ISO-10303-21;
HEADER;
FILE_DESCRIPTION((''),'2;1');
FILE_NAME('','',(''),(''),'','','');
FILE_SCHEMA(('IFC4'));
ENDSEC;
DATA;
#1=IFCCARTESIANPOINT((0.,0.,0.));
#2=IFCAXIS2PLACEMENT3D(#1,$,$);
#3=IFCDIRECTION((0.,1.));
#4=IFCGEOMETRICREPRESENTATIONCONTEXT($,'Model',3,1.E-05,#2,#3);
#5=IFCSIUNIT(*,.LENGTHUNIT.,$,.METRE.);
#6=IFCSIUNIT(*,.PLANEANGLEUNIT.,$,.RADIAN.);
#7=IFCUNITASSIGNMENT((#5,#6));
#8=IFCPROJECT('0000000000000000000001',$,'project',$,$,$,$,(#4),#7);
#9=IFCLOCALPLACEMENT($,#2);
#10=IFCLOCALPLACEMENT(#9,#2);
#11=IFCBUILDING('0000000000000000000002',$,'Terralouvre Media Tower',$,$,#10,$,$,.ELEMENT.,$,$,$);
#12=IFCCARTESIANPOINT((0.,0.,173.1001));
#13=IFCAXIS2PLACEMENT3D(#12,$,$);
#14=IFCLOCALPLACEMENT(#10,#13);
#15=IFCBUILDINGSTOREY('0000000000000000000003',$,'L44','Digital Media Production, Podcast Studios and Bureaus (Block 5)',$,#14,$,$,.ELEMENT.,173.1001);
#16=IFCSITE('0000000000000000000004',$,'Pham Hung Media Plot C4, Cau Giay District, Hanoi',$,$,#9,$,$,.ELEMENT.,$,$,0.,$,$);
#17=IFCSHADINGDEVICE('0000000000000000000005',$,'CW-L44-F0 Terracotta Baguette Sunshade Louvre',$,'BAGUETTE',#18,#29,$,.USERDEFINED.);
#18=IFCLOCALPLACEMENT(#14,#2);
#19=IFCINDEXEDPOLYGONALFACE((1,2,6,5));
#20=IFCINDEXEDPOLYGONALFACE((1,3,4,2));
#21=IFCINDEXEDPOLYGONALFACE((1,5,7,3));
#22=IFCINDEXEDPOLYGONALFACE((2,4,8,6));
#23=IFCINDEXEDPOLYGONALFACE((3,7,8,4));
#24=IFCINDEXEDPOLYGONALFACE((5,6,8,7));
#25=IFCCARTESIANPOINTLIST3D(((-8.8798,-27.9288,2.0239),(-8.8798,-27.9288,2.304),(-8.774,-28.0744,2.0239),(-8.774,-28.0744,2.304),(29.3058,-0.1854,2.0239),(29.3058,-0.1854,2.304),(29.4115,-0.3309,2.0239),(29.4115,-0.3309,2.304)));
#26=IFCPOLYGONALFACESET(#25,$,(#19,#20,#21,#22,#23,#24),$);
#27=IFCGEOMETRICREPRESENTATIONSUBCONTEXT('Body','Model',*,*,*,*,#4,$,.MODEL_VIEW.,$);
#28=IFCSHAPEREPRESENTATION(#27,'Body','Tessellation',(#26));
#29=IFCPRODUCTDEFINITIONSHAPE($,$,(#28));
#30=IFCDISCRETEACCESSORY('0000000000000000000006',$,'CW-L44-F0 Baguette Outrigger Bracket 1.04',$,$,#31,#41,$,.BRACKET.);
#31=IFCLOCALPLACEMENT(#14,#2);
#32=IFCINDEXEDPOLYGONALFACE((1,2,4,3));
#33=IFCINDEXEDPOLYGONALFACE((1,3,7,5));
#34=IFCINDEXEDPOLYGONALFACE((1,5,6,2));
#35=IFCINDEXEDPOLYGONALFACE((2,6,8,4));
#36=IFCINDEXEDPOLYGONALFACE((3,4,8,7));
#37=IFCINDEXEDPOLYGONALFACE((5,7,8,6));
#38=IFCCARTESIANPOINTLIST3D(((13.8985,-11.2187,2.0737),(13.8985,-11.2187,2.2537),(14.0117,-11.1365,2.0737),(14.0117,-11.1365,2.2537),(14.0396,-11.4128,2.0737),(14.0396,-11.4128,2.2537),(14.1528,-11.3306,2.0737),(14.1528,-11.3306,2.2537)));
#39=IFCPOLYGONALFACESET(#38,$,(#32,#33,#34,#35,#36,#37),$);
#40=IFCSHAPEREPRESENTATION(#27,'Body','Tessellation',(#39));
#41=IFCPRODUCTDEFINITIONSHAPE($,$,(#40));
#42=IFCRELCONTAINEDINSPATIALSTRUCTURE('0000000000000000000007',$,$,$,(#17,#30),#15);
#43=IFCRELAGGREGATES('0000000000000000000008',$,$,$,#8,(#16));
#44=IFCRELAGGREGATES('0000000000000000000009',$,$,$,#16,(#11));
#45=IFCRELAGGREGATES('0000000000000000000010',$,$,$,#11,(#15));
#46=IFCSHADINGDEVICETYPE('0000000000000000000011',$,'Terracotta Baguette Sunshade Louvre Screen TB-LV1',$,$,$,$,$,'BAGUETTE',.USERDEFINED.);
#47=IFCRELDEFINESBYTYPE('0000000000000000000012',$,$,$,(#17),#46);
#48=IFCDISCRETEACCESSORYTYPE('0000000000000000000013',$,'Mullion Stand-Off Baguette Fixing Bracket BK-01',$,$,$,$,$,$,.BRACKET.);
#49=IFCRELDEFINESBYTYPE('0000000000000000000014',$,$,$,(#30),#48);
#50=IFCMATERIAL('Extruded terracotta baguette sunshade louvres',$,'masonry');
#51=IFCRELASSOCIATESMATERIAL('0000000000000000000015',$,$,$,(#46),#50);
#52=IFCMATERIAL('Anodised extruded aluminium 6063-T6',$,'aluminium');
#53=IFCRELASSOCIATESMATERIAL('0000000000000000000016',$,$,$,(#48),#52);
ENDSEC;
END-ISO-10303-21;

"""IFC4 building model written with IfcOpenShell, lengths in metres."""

from ifc_helpers import new_model, si_unit, direction, frame, origin, origin_2d, place, context, subcontext, project, spatial, rectangle, extrude, material, type_object, element, save


model = new_model("IFC4")

# Units and contexts
model_context = context("Model", 3, precision=1e-05, world=origin(), true_north=direction((0.0, 1.0)))
body_context = subcontext(model_context, "Body", "Model", "MODEL_VIEW")
ifc_project = project(units=[si_unit("LENGTHUNIT", "METRE"), si_unit("PLANEANGLEUNIT", "RADIAN")], contexts=[model_context])

# Site, building, storey
site_placement = place(None, origin())
site = spatial("IfcSite", under=ifc_project, at=site_placement, Name="Pham Hung Media Plot C4, Cau Giay District, Hanoi", CompositionType="ELEMENT", RefElevation=0.0)
building_placement = place(site_placement, origin())
building = spatial("IfcBuilding", under=site, at=building_placement, Name="Terralouvre Media Tower", CompositionType="ELEMENT")
storey_placement = place(building_placement, frame((0.0, 0.0, 173.1001)))
storey = spatial("IfcBuildingStorey", under=building, at=storey_placement, Name="L44", Description="Digital Media Production, Podcast Studios and Bureaus (Block 5)", CompositionType="ELEMENT", Elevation=173.1001)

# Shading device
ifc_material_1 = material(Name="Extruded terracotta baguette sunshade louvres", Category="masonry")
shading_device_type = type_object("IfcShadingDeviceType", Name="Terracotta Baguette Sunshade Louvre Screen TB-LV1", ElementType="BAGUETTE", PredefinedType="USERDEFINED", material=ifc_material_1)
shading_device_placement = place(storey_placement, frame((10.2659, -14.1299, 2.0239), z_axis=(0.0, 0.0, 1.0), x_axis=(0.809017, 0.587785, 0.0)))
element("IfcShadingDevice", 1, at=shading_device_placement, inside=storey, type_object=shading_device_type, Name="CW-L44-F0 Terracotta Baguette Sunshade Louvre", ObjectType="BAGUETTE", PredefinedType="USERDEFINED", context=body_context, shape_type="SweptSolid", body=[
    extrude(rectangle(XDim=47.2, YDim=0.1799, at=origin_2d()), origin(), (0.0, 0.0, 1.0), 0.28),
])

# Discrete accessory
ifc_material_2 = material(Name="Anodised extruded aluminium 6063-T6", Category="aluminium")
discrete_accessory_type = type_object("IfcDiscreteAccessoryType", Name="Mullion Stand-Off Baguette Fixing Bracket BK-01", PredefinedType="BRACKET", material=ifc_material_2)
discrete_accessory_placement = place(storey_placement, frame((14.0256, -11.2747, 2.0737), z_axis=(0.0, 0.0, 1.0), x_axis=(0.809017, 0.587785, 0.0)))
element("IfcDiscreteAccessory", 2, at=discrete_accessory_placement, inside=storey, type_object=discrete_accessory_type, Name="CW-L44-F0 Baguette Outrigger Bracket 1.04", PredefinedType="BRACKET", context=body_context, shape_type="SweptSolid", body=[
    extrude(rectangle(XDim=0.1399, YDim=0.24, at=origin_2d()), origin(), (0.0, 0.0, 1.0), 0.1799),
])

save(model, "model.ifc")
